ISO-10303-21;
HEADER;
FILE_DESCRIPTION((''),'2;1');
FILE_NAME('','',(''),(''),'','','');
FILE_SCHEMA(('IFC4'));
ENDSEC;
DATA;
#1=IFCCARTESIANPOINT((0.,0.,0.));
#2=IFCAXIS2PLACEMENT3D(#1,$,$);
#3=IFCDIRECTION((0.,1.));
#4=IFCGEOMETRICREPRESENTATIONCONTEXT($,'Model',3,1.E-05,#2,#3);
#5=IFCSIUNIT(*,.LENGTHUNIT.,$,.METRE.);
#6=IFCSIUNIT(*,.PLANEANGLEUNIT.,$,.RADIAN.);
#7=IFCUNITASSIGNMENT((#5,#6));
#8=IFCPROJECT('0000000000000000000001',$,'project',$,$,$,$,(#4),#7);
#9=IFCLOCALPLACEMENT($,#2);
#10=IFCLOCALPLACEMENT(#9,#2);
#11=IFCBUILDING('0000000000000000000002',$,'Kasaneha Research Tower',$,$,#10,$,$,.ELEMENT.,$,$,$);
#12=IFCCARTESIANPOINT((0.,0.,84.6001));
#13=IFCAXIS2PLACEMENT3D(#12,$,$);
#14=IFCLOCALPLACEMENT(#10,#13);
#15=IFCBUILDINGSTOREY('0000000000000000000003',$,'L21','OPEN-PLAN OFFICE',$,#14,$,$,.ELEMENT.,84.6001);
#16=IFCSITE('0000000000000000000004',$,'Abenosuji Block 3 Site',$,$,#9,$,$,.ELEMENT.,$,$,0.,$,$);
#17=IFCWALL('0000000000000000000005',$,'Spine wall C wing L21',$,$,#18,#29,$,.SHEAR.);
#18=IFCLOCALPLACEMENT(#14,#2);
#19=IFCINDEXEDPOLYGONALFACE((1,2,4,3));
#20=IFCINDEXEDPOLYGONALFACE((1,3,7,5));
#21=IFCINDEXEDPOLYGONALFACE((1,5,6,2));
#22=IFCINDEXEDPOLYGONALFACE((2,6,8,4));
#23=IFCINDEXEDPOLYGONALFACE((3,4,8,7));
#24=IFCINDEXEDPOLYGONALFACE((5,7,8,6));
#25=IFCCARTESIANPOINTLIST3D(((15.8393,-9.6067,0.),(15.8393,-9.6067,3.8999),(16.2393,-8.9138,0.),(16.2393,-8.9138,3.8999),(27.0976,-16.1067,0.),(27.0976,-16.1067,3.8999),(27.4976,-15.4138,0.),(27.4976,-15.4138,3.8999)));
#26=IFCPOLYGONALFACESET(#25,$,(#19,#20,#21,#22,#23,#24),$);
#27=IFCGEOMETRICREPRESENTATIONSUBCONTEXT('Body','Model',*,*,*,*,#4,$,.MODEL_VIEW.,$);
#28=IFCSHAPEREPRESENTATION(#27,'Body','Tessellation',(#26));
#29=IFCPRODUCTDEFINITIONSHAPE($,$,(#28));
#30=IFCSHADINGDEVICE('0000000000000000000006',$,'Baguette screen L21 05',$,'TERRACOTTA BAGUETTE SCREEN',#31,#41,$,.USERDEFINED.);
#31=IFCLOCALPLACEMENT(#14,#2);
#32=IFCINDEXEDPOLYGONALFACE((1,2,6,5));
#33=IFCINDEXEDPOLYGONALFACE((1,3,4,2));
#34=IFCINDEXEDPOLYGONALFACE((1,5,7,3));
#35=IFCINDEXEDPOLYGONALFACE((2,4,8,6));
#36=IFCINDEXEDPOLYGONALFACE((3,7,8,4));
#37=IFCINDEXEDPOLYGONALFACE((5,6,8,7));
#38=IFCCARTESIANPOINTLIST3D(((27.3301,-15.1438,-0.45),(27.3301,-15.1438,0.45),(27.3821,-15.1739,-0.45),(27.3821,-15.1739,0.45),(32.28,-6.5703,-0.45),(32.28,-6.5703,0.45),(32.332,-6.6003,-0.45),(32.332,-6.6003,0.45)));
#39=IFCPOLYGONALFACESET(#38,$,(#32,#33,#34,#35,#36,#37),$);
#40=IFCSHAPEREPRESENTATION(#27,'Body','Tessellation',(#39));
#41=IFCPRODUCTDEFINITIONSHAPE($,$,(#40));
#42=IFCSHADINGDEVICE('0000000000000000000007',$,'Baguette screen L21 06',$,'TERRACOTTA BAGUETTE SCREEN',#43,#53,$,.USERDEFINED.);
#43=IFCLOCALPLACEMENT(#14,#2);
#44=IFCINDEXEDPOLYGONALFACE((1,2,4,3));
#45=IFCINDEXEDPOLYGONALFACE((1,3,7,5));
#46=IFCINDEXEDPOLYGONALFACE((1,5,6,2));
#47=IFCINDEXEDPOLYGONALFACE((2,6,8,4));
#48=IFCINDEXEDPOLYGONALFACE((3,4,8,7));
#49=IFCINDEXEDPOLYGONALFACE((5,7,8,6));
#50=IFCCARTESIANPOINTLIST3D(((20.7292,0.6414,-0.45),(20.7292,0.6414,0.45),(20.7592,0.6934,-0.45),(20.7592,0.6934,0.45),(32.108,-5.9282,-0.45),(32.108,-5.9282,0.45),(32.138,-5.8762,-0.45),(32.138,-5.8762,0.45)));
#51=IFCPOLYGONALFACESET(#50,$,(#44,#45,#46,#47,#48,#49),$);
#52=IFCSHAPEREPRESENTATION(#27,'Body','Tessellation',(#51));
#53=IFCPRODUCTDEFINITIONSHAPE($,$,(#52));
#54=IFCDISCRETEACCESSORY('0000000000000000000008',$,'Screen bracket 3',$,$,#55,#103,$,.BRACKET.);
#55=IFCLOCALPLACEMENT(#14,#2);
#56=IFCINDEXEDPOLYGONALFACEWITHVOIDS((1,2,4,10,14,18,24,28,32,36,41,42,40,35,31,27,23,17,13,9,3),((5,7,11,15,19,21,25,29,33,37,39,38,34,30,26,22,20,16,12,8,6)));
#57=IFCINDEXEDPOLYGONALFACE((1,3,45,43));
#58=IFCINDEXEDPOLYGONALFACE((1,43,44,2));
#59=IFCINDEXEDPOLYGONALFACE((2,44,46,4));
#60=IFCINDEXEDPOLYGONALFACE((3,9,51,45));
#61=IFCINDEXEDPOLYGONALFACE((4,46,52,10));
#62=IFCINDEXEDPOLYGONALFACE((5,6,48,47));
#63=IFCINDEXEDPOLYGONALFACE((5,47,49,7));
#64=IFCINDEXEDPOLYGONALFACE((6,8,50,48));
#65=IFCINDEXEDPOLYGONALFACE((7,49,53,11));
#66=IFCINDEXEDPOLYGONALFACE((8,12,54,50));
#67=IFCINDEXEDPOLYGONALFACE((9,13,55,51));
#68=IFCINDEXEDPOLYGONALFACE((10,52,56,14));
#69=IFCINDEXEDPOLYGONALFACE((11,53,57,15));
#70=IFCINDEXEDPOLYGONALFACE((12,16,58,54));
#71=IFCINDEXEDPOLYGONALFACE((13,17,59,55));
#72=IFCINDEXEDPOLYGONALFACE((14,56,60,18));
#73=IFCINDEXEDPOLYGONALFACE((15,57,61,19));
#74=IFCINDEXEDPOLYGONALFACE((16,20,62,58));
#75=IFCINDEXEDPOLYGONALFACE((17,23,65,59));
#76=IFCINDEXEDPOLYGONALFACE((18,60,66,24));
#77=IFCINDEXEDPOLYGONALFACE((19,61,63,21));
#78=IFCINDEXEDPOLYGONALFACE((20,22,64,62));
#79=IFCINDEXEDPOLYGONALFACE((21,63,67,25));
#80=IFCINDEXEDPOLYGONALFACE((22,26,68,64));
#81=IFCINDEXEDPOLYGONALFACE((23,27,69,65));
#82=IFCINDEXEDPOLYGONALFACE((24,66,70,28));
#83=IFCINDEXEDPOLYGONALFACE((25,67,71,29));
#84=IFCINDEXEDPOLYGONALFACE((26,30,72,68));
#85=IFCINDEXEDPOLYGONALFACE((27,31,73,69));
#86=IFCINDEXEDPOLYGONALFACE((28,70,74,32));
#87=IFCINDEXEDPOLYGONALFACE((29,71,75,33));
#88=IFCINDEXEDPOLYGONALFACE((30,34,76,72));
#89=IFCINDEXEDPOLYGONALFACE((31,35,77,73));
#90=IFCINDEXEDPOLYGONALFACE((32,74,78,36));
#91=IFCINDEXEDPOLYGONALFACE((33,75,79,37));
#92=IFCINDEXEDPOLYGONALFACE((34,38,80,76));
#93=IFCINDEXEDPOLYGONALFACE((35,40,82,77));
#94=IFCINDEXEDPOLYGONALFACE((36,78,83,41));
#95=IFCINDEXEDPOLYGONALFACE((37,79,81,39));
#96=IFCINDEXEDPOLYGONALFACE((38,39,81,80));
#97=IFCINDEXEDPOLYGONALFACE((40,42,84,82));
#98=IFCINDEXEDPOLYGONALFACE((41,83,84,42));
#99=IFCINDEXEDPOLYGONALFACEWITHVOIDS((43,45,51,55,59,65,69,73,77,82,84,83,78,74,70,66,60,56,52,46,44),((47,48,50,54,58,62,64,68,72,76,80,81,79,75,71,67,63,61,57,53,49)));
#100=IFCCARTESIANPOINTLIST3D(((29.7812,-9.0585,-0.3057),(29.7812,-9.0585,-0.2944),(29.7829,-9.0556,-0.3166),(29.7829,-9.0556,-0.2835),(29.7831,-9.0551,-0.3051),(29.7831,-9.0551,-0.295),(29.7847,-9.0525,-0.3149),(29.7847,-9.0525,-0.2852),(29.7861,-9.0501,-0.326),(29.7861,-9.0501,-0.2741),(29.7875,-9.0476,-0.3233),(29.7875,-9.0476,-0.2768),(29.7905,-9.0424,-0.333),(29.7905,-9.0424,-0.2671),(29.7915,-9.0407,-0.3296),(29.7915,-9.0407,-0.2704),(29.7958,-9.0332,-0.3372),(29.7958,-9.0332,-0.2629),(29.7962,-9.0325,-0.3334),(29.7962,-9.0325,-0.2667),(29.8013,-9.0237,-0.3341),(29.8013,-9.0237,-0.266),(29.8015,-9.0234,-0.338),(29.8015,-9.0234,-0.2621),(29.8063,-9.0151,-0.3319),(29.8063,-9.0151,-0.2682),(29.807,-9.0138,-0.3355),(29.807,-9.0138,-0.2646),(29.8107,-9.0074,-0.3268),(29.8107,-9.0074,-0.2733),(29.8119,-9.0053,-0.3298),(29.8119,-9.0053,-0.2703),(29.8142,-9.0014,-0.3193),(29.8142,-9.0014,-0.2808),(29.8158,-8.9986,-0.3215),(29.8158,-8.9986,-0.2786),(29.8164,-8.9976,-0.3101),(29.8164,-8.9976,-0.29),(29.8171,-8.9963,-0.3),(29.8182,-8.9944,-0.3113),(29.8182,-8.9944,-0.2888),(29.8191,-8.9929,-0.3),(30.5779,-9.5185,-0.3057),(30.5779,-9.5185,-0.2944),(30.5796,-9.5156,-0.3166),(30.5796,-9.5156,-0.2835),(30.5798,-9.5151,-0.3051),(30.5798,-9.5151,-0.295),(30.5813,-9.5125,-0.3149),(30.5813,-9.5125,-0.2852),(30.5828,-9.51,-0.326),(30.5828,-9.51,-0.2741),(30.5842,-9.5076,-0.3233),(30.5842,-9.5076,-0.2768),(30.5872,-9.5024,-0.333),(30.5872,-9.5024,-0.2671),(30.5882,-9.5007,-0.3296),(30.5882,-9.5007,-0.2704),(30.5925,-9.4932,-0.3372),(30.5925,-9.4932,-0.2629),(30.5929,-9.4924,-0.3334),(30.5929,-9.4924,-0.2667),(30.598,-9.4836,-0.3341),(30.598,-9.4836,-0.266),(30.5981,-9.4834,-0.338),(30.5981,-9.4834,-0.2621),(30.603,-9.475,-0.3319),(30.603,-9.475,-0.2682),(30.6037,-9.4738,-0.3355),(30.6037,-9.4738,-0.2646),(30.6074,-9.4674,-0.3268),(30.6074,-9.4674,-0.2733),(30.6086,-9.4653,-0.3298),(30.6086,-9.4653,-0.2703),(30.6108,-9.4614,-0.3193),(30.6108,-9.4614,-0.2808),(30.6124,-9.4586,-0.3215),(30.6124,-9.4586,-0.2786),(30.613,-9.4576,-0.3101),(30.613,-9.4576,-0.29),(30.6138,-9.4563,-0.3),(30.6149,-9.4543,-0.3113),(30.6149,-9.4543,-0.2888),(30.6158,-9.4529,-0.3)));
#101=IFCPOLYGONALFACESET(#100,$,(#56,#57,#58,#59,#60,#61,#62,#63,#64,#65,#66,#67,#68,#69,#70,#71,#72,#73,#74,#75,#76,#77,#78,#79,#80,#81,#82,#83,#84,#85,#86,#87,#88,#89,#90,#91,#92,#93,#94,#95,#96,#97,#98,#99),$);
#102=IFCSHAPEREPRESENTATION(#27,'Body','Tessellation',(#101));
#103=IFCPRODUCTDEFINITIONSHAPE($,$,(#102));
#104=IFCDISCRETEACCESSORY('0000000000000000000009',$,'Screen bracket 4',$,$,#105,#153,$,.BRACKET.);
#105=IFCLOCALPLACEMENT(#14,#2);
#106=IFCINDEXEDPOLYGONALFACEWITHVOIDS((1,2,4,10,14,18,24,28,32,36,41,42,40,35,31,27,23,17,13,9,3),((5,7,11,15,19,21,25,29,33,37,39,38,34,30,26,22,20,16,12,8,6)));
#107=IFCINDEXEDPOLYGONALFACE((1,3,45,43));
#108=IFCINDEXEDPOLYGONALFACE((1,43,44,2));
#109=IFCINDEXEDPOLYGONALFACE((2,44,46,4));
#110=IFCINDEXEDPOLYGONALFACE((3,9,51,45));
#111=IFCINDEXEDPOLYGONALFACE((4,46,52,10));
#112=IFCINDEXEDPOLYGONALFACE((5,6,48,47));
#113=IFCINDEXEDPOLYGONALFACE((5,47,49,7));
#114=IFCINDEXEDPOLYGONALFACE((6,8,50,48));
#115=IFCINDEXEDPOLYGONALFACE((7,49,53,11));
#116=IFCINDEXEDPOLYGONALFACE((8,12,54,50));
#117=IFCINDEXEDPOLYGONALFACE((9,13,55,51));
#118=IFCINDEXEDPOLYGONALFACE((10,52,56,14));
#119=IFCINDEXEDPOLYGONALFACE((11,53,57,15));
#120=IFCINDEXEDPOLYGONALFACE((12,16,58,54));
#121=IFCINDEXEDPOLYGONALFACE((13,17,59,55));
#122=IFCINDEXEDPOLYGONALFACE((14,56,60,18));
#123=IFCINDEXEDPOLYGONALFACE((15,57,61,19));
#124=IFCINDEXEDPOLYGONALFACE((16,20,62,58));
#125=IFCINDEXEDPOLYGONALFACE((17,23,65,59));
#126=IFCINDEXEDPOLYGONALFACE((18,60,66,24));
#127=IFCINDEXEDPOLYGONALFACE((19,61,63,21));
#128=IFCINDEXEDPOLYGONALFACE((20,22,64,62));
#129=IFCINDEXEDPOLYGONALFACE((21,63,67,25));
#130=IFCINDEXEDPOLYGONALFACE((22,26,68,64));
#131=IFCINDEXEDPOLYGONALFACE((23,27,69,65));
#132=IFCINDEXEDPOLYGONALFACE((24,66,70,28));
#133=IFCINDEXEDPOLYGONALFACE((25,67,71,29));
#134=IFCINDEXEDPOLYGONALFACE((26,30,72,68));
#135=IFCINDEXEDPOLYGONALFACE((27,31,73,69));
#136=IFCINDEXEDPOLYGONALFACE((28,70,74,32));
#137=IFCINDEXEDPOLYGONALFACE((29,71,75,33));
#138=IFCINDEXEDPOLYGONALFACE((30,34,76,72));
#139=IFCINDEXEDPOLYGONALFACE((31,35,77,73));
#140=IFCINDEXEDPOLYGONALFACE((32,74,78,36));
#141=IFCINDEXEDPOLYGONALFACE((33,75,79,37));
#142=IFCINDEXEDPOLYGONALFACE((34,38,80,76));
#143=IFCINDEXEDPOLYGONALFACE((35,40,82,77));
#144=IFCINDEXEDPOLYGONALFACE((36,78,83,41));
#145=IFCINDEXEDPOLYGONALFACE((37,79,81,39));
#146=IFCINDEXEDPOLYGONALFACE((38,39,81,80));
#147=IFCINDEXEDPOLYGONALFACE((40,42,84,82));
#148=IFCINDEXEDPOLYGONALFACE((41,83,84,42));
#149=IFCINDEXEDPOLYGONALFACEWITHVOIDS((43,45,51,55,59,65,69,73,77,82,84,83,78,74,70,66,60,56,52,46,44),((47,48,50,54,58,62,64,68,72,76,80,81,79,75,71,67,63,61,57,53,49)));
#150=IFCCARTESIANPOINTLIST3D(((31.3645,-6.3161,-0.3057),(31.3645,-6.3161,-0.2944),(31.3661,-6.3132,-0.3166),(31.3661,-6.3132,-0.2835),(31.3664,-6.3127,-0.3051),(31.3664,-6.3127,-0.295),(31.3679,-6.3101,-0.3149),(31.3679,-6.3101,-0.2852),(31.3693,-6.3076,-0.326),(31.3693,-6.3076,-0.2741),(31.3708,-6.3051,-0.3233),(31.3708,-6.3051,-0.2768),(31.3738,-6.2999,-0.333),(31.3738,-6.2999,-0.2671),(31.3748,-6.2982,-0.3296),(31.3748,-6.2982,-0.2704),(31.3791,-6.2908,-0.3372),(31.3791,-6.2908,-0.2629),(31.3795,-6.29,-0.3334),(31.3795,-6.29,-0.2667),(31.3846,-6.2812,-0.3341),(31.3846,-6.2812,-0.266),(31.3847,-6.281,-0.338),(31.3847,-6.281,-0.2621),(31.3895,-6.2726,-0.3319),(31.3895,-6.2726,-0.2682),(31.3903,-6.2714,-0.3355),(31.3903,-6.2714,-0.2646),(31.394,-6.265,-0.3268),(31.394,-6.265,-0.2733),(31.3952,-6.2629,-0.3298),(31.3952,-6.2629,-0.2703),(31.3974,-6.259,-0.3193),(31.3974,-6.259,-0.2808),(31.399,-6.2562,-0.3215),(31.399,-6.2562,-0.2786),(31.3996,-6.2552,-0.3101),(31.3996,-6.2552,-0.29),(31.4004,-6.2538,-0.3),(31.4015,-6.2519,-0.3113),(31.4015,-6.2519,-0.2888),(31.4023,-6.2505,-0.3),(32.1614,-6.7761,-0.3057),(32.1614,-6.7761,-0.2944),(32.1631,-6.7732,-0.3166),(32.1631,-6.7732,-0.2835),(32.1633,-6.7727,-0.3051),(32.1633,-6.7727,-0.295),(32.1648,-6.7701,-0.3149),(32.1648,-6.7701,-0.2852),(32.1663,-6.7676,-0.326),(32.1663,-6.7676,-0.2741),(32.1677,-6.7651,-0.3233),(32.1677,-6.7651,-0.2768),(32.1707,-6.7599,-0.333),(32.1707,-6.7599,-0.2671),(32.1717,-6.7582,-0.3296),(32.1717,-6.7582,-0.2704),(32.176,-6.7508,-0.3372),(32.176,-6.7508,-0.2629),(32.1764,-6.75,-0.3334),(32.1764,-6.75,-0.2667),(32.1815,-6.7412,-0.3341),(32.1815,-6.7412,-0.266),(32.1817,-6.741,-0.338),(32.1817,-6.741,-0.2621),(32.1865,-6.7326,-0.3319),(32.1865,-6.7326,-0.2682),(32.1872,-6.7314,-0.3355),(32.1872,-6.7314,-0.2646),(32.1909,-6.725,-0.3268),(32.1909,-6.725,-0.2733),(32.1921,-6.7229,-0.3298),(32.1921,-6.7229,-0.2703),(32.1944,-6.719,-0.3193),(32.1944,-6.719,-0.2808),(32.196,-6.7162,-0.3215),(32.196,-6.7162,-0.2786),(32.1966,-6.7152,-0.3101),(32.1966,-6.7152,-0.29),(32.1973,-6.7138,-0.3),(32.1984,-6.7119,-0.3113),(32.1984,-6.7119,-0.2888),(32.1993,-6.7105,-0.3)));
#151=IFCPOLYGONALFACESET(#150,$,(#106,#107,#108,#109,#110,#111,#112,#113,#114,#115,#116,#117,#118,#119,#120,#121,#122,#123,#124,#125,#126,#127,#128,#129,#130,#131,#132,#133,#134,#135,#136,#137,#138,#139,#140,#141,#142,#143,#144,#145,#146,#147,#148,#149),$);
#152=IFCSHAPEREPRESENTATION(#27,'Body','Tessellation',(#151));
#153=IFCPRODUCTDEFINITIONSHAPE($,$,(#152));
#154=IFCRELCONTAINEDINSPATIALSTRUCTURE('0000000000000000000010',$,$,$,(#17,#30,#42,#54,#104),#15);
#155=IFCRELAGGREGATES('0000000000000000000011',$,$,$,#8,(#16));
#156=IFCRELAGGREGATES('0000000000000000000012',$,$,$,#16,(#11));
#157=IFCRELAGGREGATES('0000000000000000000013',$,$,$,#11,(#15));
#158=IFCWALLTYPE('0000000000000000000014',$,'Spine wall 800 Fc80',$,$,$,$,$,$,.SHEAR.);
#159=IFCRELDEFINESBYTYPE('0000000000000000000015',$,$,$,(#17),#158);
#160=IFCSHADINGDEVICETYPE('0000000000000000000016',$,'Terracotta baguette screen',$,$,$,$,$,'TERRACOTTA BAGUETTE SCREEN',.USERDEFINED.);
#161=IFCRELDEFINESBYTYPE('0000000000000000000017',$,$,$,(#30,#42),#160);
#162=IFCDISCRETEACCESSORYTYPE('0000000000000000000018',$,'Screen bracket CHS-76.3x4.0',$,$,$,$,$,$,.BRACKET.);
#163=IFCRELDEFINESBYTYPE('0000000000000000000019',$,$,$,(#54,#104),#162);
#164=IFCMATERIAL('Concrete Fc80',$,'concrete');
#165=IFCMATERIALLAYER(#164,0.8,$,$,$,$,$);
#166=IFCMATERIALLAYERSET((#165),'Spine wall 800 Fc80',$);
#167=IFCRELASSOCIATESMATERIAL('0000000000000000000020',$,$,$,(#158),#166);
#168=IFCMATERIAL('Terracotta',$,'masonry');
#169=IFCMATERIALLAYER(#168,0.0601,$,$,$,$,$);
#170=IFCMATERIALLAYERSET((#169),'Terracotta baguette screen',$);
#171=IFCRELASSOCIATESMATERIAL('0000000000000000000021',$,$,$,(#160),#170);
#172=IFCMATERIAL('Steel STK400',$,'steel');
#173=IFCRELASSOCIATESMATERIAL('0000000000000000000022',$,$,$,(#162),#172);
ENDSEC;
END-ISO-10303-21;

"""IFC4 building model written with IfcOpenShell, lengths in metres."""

from ifc_helpers import new_model, si_unit, direction, frame, frame_2d, origin, origin_2d, place, context, subcontext, project, spatial, rectangle, hollow_circle, extrude, material, layer, layer_set, material_profile, profile_set, type_object, element, save


model = new_model("IFC4")

# Units and contexts
model_context = context("Model", 3, precision=1e-05, world=origin(), true_north=direction((0.0, 1.0)))
body_context = subcontext(model_context, "Body", "Model", "MODEL_VIEW")
ifc_project = project(units=[si_unit("LENGTHUNIT", "METRE"), si_unit("PLANEANGLEUNIT", "RADIAN")], contexts=[model_context])

# Site, building, storey
site_placement = place(None, origin())
site = spatial("IfcSite", under=ifc_project, at=site_placement, Name="Abenosuji Block 3 Site", CompositionType="ELEMENT", RefElevation=0.0)
building_placement = place(site_placement, origin())
building = spatial("IfcBuilding", under=site, at=building_placement, Name="Kasaneha Research Tower", CompositionType="ELEMENT")
storey_placement = place(building_placement, frame((0.0, 0.0, 84.6001)))
storey = spatial("IfcBuildingStorey", under=building, at=storey_placement, Name="L21", Description="OPEN-PLAN OFFICE", CompositionType="ELEMENT", Elevation=84.6001)

# Wall
ifc_material_1 = material(Name="Concrete Fc80", Category="concrete")
ifc_layer_1 = layer(ifc_material_1, 0.8)
ifc_layer_set_1 = layer_set([ifc_layer_1], Name="Spine wall 800 Fc80")
wall_type_1 = type_object("IfcWallType", Name="Spine wall 800 Fc80", PredefinedType="SHEAR", material=ifc_layer_set_1)
wall_1_placement = place(storey_placement, frame((16.0393, -9.2603, 0.0), z_axis=(0.0, 0.0, 1.0), x_axis=(0.866025, -0.500001, 0.0)))
element("IfcWall", 1, at=wall_1_placement, inside=storey, type_object=wall_type_1, Name="Spine wall C wing L21", PredefinedType="SHEAR", context=body_context, shape_type="SweptSolid", body=[
    extrude(rectangle(XDim=13.0, YDim=0.8, at=frame_2d((6.5, 0.0))), origin(), (0.0, 0.0, 1.0), 3.8999),
])

# Shading devices
ifc_material_2 = material(Name="Terracotta", Category="masonry")
ifc_layer_2 = layer(ifc_material_2, 0.0601)
ifc_layer_set_2 = layer_set([ifc_layer_2], Name="Terracotta baguette screen")
shading_device_type = type_object("IfcShadingDeviceType", Name="Terracotta baguette screen", ElementType="TERRACOTTA BAGUETTE SCREEN", PredefinedType="USERDEFINED", material=ifc_layer_set_2)
shading_device_1_placement = place(storey_placement, frame((29.8311, -10.8721, -0.45), z_axis=(0.0, 0.0, 1.0), x_axis=(0.5, 0.866025, 0.0)))
element("IfcShadingDevice", 2, at=shading_device_1_placement, inside=storey, type_object=shading_device_type, Name="Baguette screen L21 05", ObjectType="TERRACOTTA BAGUETTE SCREEN", PredefinedType="USERDEFINED", context=body_context, shape_type="SweptSolid", body=[
    extrude(rectangle(XDim=9.8999, YDim=0.0601, at=origin_2d()), origin(), (0.0, 0.0, 1.0), 0.8999),
])
shading_device_2_placement = place(storey_placement, frame((26.4336, -2.6174, -0.45), z_axis=(0.0, 0.0, 1.0), x_axis=(-0.866025, 0.5, 0.0)))
element("IfcShadingDevice", 3, at=shading_device_2_placement, inside=storey, type_object=shading_device_type, Name="Baguette screen L21 06", ObjectType="TERRACOTTA BAGUETTE SCREEN", PredefinedType="USERDEFINED", context=body_context, shape_type="SweptSolid", body=[
    extrude(rectangle(XDim=13.1392, YDim=0.0601, at=origin_2d()), origin(), (0.0, 0.0, 1.0), 0.8999),
])

# Discrete accessories
ifc_material_3 = material(Name="Steel STK400", Category="steel")
ifc_material_profile_1 = material_profile(ifc_material_3, hollow_circle(Radius=0.0381, WallThickness=0.0039, at=origin_2d()), Name="CHS-76.3x4.0")
ifc_profile_set_1 = profile_set([ifc_material_profile_1], Name="Steel STK400")
discrete_accessory_type = type_object("IfcDiscreteAccessoryType", Name="Screen bracket CHS-76.3x4.0", PredefinedType="BRACKET", material=ifc_profile_set_1)
discrete_accessory_1_placement = place(storey_placement, frame((29.8, -9.0259, -0.3), z_axis=(0.866013, -0.500021, 0.0), x_axis=(0.500021, 0.866013, 0.0)))
element("IfcDiscreteAccessory", 4, at=discrete_accessory_1_placement, inside=storey, type_object=discrete_accessory_type, Name="Screen bracket 3", PredefinedType="BRACKET", context=body_context, shape_type="SweptSolid", body=[
    extrude(hollow_circle(Radius=0.0381, WallThickness=0.0039, at=origin_2d()), origin(), (0.0, 0.0, 1.0), 0.9199),
])
discrete_accessory_2_placement = place(storey_placement, frame((31.3833, -6.2834, -0.3), z_axis=(0.86608, -0.499906, 0.0), x_axis=(0.499906, 0.86608, 0.0)))
element("IfcDiscreteAccessory", 5, at=discrete_accessory_2_placement, inside=storey, type_object=discrete_accessory_type, Name="Screen bracket 4", PredefinedType="BRACKET", context=body_context, shape_type="SweptSolid", body=[
    extrude(hollow_circle(Radius=0.0381, WallThickness=0.0039, at=origin_2d()), origin(), (0.0, 0.0, 1.0), 0.9202),
])

save(model, "model.ifc")
